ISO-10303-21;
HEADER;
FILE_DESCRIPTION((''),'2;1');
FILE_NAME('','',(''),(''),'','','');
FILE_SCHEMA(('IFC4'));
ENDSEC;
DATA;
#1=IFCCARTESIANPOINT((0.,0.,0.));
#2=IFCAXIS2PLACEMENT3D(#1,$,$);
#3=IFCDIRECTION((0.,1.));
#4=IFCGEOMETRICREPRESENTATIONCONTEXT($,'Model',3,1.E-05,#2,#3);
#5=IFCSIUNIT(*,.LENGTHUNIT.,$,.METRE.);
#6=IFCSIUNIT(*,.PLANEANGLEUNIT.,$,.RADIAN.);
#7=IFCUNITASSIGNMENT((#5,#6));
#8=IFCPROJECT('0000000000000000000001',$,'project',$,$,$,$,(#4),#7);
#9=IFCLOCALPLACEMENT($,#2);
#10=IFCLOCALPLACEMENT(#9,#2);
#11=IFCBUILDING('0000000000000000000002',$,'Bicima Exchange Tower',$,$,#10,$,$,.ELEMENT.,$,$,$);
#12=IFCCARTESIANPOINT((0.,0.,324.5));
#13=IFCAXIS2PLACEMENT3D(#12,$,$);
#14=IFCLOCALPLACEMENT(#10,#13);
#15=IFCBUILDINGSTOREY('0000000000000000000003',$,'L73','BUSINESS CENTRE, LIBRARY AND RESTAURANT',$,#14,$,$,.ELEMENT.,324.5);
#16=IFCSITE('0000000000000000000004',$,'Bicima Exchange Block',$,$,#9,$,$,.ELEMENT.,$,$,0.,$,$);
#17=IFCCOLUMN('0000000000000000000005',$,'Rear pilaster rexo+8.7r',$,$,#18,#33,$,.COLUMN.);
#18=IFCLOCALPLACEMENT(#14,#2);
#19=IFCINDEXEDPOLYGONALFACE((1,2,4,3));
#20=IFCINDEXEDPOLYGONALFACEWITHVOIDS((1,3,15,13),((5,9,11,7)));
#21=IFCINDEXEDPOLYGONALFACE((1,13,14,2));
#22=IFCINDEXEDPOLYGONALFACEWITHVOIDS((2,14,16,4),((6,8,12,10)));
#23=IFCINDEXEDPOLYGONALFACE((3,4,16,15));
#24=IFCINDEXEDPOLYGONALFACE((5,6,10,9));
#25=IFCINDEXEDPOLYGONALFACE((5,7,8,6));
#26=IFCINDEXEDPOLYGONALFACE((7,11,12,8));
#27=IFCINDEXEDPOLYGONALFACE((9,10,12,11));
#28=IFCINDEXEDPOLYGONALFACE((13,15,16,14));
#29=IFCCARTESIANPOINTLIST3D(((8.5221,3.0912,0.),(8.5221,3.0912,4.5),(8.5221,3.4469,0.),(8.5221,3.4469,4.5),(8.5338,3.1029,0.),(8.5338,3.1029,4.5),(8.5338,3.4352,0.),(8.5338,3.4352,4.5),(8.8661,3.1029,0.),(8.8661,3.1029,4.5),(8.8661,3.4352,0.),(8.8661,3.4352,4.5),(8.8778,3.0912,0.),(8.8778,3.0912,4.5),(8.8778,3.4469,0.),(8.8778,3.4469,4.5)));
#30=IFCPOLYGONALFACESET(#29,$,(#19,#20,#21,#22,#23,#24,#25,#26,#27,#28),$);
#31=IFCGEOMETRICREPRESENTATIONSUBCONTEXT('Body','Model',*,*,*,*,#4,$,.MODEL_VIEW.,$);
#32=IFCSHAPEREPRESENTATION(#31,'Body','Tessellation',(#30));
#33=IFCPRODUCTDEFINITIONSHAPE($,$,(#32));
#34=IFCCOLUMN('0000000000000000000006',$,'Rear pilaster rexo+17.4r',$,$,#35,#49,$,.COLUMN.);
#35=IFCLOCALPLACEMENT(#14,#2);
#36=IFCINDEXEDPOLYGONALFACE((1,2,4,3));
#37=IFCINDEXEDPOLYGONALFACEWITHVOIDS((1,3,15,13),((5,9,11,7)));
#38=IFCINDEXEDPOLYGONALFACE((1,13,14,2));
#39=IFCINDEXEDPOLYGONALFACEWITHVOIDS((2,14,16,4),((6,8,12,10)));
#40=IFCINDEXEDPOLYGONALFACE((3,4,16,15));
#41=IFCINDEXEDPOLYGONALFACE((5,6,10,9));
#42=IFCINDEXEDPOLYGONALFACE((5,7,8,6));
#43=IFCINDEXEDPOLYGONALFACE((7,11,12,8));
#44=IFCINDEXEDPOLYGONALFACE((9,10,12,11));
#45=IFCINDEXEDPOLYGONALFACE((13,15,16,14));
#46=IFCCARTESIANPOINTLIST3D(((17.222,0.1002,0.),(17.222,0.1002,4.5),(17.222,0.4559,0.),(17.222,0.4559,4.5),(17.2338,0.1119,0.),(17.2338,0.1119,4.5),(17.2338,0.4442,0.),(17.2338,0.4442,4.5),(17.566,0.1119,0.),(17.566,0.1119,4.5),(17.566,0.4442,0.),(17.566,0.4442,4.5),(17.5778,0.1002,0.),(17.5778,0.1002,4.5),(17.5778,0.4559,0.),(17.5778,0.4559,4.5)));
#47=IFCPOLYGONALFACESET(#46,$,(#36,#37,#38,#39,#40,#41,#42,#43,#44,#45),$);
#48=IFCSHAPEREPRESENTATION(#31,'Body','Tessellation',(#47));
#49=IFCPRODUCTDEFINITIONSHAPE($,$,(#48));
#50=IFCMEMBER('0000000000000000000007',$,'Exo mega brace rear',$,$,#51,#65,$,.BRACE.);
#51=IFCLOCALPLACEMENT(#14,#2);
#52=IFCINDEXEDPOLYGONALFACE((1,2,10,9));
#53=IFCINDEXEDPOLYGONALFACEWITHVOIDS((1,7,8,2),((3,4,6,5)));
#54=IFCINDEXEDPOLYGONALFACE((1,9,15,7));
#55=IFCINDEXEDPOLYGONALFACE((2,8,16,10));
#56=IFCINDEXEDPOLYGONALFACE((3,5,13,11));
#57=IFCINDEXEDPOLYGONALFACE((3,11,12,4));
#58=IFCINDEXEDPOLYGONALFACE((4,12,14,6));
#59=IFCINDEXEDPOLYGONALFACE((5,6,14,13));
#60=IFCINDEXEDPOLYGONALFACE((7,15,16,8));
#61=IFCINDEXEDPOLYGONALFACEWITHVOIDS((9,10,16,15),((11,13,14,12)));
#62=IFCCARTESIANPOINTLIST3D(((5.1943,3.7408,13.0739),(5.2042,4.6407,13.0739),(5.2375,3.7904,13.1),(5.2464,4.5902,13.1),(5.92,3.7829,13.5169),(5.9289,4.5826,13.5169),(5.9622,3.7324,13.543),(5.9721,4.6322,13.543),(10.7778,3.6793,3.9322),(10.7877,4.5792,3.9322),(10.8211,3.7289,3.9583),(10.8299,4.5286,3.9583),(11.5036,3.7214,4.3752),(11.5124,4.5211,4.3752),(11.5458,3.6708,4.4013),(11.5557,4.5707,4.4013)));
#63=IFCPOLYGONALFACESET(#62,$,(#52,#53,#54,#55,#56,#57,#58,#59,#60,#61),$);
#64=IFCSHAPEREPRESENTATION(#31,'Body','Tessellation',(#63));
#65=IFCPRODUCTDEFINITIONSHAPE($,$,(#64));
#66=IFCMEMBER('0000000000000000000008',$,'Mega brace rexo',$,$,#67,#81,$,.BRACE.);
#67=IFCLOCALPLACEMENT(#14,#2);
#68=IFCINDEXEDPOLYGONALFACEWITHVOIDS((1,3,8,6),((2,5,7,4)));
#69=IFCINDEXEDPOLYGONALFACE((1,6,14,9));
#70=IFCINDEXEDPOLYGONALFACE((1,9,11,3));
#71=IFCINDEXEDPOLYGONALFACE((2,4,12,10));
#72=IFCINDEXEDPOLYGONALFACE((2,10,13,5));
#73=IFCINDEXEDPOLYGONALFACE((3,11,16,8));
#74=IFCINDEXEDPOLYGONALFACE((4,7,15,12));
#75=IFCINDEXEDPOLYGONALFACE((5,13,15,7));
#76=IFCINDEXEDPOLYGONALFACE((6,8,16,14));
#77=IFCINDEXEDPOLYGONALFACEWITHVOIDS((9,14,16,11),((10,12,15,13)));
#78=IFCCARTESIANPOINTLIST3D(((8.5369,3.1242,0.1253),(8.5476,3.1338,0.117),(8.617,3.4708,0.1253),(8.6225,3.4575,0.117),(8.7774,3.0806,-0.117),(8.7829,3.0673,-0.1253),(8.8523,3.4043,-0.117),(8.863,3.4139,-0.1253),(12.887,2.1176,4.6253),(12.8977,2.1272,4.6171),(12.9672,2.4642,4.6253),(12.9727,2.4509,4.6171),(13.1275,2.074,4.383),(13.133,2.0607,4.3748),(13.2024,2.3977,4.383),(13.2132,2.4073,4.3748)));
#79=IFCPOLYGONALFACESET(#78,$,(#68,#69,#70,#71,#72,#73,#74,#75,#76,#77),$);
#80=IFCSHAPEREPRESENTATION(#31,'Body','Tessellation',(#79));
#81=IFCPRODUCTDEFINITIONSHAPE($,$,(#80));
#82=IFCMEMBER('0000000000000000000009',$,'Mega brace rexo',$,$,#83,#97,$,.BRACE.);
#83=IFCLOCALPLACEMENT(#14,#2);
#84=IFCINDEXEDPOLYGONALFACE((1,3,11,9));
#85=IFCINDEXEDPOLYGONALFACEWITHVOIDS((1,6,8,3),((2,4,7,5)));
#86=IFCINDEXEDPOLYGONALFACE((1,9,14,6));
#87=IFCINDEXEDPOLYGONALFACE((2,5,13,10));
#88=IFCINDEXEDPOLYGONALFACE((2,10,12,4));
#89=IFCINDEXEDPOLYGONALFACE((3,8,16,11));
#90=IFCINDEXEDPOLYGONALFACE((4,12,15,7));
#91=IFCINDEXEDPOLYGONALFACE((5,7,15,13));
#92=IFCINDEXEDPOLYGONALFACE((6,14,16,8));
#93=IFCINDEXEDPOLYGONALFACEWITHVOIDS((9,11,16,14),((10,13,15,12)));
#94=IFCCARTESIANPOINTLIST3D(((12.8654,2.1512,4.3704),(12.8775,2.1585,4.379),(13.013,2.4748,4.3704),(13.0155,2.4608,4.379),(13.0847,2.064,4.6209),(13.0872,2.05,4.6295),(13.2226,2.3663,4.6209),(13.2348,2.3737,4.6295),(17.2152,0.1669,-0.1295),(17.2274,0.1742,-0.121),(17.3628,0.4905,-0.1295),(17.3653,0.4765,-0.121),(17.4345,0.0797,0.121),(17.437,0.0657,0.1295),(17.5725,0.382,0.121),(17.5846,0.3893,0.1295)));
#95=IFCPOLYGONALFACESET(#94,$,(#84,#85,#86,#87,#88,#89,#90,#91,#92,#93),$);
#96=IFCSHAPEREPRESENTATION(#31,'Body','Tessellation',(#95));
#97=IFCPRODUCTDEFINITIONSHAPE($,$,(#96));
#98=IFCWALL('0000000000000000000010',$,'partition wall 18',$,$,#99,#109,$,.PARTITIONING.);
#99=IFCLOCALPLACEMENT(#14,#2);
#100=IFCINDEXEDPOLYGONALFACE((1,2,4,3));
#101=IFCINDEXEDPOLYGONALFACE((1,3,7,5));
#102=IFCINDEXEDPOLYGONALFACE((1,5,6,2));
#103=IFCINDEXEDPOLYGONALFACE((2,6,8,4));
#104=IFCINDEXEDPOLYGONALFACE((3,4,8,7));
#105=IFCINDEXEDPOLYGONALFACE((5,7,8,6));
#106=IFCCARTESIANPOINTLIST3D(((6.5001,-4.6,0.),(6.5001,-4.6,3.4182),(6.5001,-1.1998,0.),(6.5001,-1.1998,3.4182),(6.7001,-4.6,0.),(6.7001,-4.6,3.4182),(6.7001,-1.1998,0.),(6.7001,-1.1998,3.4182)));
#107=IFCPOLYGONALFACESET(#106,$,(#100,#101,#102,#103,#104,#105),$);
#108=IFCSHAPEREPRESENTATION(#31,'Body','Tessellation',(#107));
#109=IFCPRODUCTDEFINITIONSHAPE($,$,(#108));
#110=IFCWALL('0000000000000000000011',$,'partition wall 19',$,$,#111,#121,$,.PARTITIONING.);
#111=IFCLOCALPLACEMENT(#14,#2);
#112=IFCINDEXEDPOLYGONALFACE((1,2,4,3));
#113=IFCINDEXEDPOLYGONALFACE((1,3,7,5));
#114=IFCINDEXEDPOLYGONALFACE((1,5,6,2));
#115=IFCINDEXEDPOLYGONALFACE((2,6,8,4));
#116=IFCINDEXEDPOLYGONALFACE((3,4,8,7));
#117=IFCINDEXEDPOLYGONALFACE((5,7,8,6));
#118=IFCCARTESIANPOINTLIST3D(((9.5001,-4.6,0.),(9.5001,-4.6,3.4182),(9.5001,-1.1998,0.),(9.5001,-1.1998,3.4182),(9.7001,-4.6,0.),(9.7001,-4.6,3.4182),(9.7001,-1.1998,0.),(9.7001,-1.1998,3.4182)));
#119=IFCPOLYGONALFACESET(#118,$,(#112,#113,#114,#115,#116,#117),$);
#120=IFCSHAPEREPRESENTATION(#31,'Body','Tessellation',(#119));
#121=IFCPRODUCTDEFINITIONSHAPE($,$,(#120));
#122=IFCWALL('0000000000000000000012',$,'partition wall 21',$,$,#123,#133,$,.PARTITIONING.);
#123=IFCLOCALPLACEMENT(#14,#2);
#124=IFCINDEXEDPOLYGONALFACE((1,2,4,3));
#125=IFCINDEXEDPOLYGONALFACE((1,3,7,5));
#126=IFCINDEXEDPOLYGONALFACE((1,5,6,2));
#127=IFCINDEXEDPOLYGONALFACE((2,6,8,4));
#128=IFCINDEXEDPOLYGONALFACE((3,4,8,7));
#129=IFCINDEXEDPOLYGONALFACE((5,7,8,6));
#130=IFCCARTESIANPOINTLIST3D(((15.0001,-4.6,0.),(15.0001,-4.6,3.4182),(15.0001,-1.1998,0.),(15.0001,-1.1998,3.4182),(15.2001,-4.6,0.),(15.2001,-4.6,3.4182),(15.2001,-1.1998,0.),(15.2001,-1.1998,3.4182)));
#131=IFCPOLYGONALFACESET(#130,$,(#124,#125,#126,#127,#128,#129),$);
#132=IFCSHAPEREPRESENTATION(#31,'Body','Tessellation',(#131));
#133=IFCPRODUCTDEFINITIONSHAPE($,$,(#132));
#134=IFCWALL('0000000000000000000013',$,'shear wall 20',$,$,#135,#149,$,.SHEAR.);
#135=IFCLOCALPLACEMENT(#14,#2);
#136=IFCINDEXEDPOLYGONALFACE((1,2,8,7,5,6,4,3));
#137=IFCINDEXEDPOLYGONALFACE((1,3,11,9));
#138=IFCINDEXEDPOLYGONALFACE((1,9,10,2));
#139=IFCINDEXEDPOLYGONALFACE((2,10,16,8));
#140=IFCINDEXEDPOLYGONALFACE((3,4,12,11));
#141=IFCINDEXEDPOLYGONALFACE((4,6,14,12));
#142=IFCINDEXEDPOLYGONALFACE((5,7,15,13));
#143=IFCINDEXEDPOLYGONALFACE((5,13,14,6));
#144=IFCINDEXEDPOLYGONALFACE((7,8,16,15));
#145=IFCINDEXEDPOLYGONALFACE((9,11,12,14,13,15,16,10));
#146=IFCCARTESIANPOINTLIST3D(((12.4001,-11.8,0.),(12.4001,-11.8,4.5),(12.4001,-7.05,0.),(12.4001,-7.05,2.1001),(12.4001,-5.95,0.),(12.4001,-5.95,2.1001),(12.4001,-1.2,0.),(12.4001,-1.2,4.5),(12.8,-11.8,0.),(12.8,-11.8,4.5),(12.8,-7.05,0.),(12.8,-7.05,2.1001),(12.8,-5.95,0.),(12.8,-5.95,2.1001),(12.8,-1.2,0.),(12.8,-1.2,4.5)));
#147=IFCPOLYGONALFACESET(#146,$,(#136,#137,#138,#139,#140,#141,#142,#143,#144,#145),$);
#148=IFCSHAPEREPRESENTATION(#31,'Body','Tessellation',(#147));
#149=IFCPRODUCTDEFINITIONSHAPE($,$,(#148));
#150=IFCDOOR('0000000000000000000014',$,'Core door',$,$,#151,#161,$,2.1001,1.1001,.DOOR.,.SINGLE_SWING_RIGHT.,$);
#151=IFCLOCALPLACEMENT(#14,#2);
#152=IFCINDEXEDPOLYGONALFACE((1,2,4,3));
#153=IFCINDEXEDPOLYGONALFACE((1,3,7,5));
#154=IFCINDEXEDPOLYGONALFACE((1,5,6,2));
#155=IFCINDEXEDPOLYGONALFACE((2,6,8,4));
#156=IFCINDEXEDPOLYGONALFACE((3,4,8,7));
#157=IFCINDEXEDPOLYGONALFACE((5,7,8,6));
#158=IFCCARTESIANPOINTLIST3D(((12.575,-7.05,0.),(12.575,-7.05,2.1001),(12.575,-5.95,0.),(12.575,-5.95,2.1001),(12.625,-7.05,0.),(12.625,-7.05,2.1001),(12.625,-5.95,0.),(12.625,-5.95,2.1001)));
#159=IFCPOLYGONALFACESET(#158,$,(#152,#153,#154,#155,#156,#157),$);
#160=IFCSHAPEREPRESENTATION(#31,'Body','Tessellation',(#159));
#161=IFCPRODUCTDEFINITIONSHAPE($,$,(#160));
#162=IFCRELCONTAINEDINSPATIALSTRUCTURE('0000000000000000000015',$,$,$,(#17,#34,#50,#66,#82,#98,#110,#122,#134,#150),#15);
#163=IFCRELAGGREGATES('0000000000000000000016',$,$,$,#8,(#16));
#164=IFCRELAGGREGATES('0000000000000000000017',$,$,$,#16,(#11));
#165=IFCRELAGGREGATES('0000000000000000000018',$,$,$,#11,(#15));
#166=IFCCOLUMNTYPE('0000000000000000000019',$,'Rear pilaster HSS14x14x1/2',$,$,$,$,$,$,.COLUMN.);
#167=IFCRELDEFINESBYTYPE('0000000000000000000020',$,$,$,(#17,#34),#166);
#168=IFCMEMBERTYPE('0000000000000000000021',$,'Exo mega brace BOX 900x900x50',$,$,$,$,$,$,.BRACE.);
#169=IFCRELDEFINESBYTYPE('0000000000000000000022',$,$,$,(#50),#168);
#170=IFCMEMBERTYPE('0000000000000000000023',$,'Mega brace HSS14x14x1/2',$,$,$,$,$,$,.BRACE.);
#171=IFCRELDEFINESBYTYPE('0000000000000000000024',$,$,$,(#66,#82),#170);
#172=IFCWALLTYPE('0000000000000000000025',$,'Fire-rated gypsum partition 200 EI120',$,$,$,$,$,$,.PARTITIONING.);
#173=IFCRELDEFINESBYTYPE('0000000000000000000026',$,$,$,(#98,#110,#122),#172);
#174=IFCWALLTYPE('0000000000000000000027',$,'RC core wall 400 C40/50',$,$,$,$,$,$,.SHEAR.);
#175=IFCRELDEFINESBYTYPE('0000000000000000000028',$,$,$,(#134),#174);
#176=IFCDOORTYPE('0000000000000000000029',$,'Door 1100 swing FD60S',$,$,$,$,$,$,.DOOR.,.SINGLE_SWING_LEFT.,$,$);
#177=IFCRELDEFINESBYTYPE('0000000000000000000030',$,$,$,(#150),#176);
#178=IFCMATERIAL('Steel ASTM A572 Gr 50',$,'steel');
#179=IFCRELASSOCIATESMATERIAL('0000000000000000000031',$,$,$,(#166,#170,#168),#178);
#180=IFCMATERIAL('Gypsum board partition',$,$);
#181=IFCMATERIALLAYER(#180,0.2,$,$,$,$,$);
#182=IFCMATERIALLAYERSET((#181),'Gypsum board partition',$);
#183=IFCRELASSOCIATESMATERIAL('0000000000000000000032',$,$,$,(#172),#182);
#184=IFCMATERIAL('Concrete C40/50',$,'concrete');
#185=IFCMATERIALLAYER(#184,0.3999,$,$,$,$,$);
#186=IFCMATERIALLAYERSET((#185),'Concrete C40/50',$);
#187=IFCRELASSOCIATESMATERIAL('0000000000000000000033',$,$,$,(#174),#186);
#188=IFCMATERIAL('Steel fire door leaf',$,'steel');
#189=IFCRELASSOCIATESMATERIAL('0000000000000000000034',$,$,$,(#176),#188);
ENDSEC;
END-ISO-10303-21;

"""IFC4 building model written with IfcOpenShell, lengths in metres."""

from ifc_helpers import new_model, si_unit, direction, frame, frame_2d, origin, origin_2d, place, context, subcontext, project, spatial, rectangle, hollow_rectangle, extrude, material, layer, layer_set, material_profile, profile_set, type_object, element, fill, save


model = new_model("IFC4")

# Units and contexts
model_context = context("Model", 3, precision=1e-05, world=origin(), true_north=direction((0.0, 1.0)))
body_context = subcontext(model_context, "Body", "Model", "MODEL_VIEW")
ifc_project = project(units=[si_unit("LENGTHUNIT", "METRE"), si_unit("PLANEANGLEUNIT", "RADIAN")], contexts=[model_context])

# Site, building, storey
site_placement = place(None, origin())
site = spatial("IfcSite", under=ifc_project, at=site_placement, Name="Bicima Exchange Block", CompositionType="ELEMENT", RefElevation=0.0)
building_placement = place(site_placement, origin())
building = spatial("IfcBuilding", under=site, at=building_placement, Name="Bicima Exchange Tower", CompositionType="ELEMENT")
storey_placement = place(building_placement, frame((0.0, 0.0, 324.5)))
storey = spatial("IfcBuildingStorey", under=building, at=storey_placement, Name="L73", Description="BUSINESS CENTRE, LIBRARY AND RESTAURANT", CompositionType="ELEMENT", Elevation=324.5)

# Columns
ifc_material_1 = material(Name="Steel ASTM A572 Gr 50", Category="steel")
ifc_material_profile_1 = material_profile(ifc_material_1, hollow_rectangle(XDim=0.3557, YDim=0.3557, WallThickness=0.0117, at=origin_2d()))
ifc_profile_set_1 = profile_set([ifc_material_profile_1], Name="Steel ASTM A572 Gr 50")
column_type = type_object("IfcColumnType", Name="Rear pilaster HSS14x14x1/2", PredefinedType="COLUMN", material=ifc_profile_set_1)
for number, where, z_axis, x_axis, name in (
    (1, (8.7, 3.269, 0.0), (0.0, 0.0, 1.0), (1.0, 0.0, 0.0), "Rear pilaster rexo+8.7r"),
    (2, (17.3999, 0.2781, 0.0), (0.0, 0.0, 1.0), (1.0, 0.0, 0.0), "Rear pilaster rexo+17.4r"),
):
    element("IfcColumn", number, at=place(storey_placement, frame(where, z_axis=z_axis, x_axis=x_axis)), inside=storey, type_object=column_type, Name=name, PredefinedType="COLUMN", context=body_context, shape_type="SweptSolid", body=[
        extrude(hollow_rectangle(XDim=0.3557, YDim=0.3557, WallThickness=0.0117, at=origin_2d()), origin(), (0.0, 0.0, 1.0), 4.5),
    ])

# Members
ifc_material_profile_2 = material_profile(ifc_material_1, hollow_rectangle(XDim=0.8999, YDim=0.8999, WallThickness=0.05, at=origin_2d()))
ifc_profile_set_2 = profile_set([ifc_material_profile_2], Name="Steel ASTM A572 Gr 50")
member_type_1 = type_object("IfcMemberType", Name="Exo mega brace BOX 900x900x50", PredefinedType="BRACE", material=ifc_profile_set_2)
member_1_placement = place(storey_placement, frame((11.1667, 4.125, 4.1667), z_axis=(-0.521235, 0.005743, 0.853394), x_axis=(-0.011018, -0.999939, 0.0)))
element("IfcMember", 3, at=member_1_placement, inside=storey, type_object=member_type_1, Name="Exo mega brace rear", PredefinedType="BRACE", context=body_context, shape_type="SweptSolid", body=[
    extrude(hollow_rectangle(XDim=0.8999, YDim=0.8999, WallThickness=0.05, at=origin_2d()), origin(), (0.0, 0.0, 1.0), 10.7122),
])
member_type_2 = type_object("IfcMemberType", Name="Mega brace HSS14x14x1/2", PredefinedType="BRACE", material=ifc_profile_set_1)
member_2_placement = place(storey_placement, frame((8.7, 3.269, 0.0), z_axis=(0.686212, -0.158786, 0.709859), x_axis=(0.225439, 0.974257, 0.0)))
element("IfcMember", 4, at=member_2_placement, inside=storey, type_object=member_type_2, Name="Mega brace rexo", PredefinedType="BRACE", context=body_context, shape_type="SweptSolid", body=[
    extrude(hollow_rectangle(XDim=0.3557, YDim=0.3557, WallThickness=0.0117, at=origin_2d()), origin(), (0.0, 0.0, 1.0), 6.3394),
])
member_3_placement = place(storey_placement, frame((17.3999, 0.2781, 0.0), z_axis=(-0.662508, 0.302232, 0.685376), x_axis=(-0.415045, -0.909801, 0.0)))
element("IfcMember", 5, at=member_3_placement, inside=storey, type_object=member_type_2, Name="Mega brace rexo", PredefinedType="BRACE", context=body_context, shape_type="SweptSolid", body=[
    extrude(hollow_rectangle(XDim=0.3557, YDim=0.3557, WallThickness=0.0117, at=origin_2d()), origin(), (0.0, 0.0, 1.0), 6.5657),
])

# Walls
ifc_material_2 = material(Name="Gypsum board partition")
ifc_layer_1 = layer(ifc_material_2, 0.2)
ifc_layer_set_1 = layer_set([ifc_layer_1], Name="Gypsum board partition")
wall_type_1 = type_object("IfcWallType", Name="Fire-rated gypsum partition 200 EI120", PredefinedType="PARTITIONING", material=ifc_layer_set_1)
for number, where, z_axis, x_axis, name in (
    (6, (6.6001, -4.6001, 0.0), (0.0, 0.0, 1.0), (0.0, 1.0, 0.0), "partition wall 18"),
    (7, (9.6001, -4.6001, 0.0), (0.0, 0.0, 1.0), (0.0, 1.0, 0.0), "partition wall 19"),
    (8, (15.1001, -4.6001, 0.0), (0.0, 0.0, 1.0), (0.0, 1.0, 0.0), "partition wall 21"),
):
    element("IfcWall", number, at=place(storey_placement, frame(where, z_axis=z_axis, x_axis=x_axis)), inside=storey, type_object=wall_type_1, Name=name, PredefinedType="PARTITIONING", context=body_context, shape_type="SweptSolid", body=[
        extrude(rectangle(XDim=3.4001, YDim=0.2, at=frame_2d((1.7002, 0.0))), origin(), (0.0, 0.0, 1.0), 3.4182),
    ])

# Wall, opening, door
ifc_material_3 = material(Name="Concrete C40/50", Category="concrete")
ifc_layer_2 = layer(ifc_material_3, 0.3999)
ifc_layer_set_2 = layer_set([ifc_layer_2], Name="Concrete C40/50")
wall_type_2 = type_object("IfcWallType", Name="RC core wall 400 C40/50", PredefinedType="SHEAR", material=ifc_layer_set_2)
wall_1_placement = place(storey_placement, frame((12.6001, -11.8, 0.0), z_axis=(0.0, 0.0, 1.0), x_axis=(0.0, 1.0, 0.0)))
wall_1 = element("IfcWall", 9, at=wall_1_placement, inside=storey, type_object=wall_type_2, Name="shear wall 20", PredefinedType="SHEAR", context=body_context, shape_type="SweptSolid", body=[
    extrude(rectangle(XDim=10.6001, YDim=0.3999, at=frame_2d((5.3, 0.0))), origin(), (0.0, 0.0, 1.0), 4.5),
])
opening_1_placement = place(wall_1_placement, frame((4.75, 0.0, 0.0)))
opening_1 = element("IfcOpeningElement", 10, at=opening_1_placement, cuts=wall_1, PredefinedType="OPENING", context=body_context, shape_type="SweptSolid", body=[
    extrude(rectangle(XDim=1.1001, YDim=2.1001, at=frame_2d((0.55, 1.05))), frame((0.0, 0.2119, 0.0), z_axis=(0.0, -1.0, 0.0), x_axis=(1.0, 0.0, 0.0)), (0.0, 0.0, 1.0), 0.4238),
])
ifc_material_4 = material(Name="Steel fire door leaf", Category="steel")
door_type = type_object("IfcDoorType", Name="Door 1100 swing FD60S", OperationType="SINGLE_SWING_LEFT", PredefinedType="DOOR", material=ifc_material_4)
door_1_placement = place(opening_1_placement, frame((1.1001, 0.0, 0.0), z_axis=(0.0, 0.0, 1.0), x_axis=(-1.0, 0.0, 0.0)))
door_1 = element("IfcDoor", 11, at=door_1_placement, inside=storey, type_object=door_type, Name="Core door", OperationType="SINGLE_SWING_RIGHT", OverallHeight=2.1001, OverallWidth=1.1001, PredefinedType="DOOR", context=body_context, shape_type="SweptSolid", body=[
    extrude(rectangle(XDim=1.1001, YDim=2.1001, at=frame_2d((0.55, 1.05))), frame((0.0, 0.0249, 0.0), z_axis=(0.0, -1.0, 0.0), x_axis=(1.0, 0.0, 0.0)), (0.0, 0.0, 1.0), 0.05),
])
fill(opening_1, door_1)

save(model, "model.ifc")
